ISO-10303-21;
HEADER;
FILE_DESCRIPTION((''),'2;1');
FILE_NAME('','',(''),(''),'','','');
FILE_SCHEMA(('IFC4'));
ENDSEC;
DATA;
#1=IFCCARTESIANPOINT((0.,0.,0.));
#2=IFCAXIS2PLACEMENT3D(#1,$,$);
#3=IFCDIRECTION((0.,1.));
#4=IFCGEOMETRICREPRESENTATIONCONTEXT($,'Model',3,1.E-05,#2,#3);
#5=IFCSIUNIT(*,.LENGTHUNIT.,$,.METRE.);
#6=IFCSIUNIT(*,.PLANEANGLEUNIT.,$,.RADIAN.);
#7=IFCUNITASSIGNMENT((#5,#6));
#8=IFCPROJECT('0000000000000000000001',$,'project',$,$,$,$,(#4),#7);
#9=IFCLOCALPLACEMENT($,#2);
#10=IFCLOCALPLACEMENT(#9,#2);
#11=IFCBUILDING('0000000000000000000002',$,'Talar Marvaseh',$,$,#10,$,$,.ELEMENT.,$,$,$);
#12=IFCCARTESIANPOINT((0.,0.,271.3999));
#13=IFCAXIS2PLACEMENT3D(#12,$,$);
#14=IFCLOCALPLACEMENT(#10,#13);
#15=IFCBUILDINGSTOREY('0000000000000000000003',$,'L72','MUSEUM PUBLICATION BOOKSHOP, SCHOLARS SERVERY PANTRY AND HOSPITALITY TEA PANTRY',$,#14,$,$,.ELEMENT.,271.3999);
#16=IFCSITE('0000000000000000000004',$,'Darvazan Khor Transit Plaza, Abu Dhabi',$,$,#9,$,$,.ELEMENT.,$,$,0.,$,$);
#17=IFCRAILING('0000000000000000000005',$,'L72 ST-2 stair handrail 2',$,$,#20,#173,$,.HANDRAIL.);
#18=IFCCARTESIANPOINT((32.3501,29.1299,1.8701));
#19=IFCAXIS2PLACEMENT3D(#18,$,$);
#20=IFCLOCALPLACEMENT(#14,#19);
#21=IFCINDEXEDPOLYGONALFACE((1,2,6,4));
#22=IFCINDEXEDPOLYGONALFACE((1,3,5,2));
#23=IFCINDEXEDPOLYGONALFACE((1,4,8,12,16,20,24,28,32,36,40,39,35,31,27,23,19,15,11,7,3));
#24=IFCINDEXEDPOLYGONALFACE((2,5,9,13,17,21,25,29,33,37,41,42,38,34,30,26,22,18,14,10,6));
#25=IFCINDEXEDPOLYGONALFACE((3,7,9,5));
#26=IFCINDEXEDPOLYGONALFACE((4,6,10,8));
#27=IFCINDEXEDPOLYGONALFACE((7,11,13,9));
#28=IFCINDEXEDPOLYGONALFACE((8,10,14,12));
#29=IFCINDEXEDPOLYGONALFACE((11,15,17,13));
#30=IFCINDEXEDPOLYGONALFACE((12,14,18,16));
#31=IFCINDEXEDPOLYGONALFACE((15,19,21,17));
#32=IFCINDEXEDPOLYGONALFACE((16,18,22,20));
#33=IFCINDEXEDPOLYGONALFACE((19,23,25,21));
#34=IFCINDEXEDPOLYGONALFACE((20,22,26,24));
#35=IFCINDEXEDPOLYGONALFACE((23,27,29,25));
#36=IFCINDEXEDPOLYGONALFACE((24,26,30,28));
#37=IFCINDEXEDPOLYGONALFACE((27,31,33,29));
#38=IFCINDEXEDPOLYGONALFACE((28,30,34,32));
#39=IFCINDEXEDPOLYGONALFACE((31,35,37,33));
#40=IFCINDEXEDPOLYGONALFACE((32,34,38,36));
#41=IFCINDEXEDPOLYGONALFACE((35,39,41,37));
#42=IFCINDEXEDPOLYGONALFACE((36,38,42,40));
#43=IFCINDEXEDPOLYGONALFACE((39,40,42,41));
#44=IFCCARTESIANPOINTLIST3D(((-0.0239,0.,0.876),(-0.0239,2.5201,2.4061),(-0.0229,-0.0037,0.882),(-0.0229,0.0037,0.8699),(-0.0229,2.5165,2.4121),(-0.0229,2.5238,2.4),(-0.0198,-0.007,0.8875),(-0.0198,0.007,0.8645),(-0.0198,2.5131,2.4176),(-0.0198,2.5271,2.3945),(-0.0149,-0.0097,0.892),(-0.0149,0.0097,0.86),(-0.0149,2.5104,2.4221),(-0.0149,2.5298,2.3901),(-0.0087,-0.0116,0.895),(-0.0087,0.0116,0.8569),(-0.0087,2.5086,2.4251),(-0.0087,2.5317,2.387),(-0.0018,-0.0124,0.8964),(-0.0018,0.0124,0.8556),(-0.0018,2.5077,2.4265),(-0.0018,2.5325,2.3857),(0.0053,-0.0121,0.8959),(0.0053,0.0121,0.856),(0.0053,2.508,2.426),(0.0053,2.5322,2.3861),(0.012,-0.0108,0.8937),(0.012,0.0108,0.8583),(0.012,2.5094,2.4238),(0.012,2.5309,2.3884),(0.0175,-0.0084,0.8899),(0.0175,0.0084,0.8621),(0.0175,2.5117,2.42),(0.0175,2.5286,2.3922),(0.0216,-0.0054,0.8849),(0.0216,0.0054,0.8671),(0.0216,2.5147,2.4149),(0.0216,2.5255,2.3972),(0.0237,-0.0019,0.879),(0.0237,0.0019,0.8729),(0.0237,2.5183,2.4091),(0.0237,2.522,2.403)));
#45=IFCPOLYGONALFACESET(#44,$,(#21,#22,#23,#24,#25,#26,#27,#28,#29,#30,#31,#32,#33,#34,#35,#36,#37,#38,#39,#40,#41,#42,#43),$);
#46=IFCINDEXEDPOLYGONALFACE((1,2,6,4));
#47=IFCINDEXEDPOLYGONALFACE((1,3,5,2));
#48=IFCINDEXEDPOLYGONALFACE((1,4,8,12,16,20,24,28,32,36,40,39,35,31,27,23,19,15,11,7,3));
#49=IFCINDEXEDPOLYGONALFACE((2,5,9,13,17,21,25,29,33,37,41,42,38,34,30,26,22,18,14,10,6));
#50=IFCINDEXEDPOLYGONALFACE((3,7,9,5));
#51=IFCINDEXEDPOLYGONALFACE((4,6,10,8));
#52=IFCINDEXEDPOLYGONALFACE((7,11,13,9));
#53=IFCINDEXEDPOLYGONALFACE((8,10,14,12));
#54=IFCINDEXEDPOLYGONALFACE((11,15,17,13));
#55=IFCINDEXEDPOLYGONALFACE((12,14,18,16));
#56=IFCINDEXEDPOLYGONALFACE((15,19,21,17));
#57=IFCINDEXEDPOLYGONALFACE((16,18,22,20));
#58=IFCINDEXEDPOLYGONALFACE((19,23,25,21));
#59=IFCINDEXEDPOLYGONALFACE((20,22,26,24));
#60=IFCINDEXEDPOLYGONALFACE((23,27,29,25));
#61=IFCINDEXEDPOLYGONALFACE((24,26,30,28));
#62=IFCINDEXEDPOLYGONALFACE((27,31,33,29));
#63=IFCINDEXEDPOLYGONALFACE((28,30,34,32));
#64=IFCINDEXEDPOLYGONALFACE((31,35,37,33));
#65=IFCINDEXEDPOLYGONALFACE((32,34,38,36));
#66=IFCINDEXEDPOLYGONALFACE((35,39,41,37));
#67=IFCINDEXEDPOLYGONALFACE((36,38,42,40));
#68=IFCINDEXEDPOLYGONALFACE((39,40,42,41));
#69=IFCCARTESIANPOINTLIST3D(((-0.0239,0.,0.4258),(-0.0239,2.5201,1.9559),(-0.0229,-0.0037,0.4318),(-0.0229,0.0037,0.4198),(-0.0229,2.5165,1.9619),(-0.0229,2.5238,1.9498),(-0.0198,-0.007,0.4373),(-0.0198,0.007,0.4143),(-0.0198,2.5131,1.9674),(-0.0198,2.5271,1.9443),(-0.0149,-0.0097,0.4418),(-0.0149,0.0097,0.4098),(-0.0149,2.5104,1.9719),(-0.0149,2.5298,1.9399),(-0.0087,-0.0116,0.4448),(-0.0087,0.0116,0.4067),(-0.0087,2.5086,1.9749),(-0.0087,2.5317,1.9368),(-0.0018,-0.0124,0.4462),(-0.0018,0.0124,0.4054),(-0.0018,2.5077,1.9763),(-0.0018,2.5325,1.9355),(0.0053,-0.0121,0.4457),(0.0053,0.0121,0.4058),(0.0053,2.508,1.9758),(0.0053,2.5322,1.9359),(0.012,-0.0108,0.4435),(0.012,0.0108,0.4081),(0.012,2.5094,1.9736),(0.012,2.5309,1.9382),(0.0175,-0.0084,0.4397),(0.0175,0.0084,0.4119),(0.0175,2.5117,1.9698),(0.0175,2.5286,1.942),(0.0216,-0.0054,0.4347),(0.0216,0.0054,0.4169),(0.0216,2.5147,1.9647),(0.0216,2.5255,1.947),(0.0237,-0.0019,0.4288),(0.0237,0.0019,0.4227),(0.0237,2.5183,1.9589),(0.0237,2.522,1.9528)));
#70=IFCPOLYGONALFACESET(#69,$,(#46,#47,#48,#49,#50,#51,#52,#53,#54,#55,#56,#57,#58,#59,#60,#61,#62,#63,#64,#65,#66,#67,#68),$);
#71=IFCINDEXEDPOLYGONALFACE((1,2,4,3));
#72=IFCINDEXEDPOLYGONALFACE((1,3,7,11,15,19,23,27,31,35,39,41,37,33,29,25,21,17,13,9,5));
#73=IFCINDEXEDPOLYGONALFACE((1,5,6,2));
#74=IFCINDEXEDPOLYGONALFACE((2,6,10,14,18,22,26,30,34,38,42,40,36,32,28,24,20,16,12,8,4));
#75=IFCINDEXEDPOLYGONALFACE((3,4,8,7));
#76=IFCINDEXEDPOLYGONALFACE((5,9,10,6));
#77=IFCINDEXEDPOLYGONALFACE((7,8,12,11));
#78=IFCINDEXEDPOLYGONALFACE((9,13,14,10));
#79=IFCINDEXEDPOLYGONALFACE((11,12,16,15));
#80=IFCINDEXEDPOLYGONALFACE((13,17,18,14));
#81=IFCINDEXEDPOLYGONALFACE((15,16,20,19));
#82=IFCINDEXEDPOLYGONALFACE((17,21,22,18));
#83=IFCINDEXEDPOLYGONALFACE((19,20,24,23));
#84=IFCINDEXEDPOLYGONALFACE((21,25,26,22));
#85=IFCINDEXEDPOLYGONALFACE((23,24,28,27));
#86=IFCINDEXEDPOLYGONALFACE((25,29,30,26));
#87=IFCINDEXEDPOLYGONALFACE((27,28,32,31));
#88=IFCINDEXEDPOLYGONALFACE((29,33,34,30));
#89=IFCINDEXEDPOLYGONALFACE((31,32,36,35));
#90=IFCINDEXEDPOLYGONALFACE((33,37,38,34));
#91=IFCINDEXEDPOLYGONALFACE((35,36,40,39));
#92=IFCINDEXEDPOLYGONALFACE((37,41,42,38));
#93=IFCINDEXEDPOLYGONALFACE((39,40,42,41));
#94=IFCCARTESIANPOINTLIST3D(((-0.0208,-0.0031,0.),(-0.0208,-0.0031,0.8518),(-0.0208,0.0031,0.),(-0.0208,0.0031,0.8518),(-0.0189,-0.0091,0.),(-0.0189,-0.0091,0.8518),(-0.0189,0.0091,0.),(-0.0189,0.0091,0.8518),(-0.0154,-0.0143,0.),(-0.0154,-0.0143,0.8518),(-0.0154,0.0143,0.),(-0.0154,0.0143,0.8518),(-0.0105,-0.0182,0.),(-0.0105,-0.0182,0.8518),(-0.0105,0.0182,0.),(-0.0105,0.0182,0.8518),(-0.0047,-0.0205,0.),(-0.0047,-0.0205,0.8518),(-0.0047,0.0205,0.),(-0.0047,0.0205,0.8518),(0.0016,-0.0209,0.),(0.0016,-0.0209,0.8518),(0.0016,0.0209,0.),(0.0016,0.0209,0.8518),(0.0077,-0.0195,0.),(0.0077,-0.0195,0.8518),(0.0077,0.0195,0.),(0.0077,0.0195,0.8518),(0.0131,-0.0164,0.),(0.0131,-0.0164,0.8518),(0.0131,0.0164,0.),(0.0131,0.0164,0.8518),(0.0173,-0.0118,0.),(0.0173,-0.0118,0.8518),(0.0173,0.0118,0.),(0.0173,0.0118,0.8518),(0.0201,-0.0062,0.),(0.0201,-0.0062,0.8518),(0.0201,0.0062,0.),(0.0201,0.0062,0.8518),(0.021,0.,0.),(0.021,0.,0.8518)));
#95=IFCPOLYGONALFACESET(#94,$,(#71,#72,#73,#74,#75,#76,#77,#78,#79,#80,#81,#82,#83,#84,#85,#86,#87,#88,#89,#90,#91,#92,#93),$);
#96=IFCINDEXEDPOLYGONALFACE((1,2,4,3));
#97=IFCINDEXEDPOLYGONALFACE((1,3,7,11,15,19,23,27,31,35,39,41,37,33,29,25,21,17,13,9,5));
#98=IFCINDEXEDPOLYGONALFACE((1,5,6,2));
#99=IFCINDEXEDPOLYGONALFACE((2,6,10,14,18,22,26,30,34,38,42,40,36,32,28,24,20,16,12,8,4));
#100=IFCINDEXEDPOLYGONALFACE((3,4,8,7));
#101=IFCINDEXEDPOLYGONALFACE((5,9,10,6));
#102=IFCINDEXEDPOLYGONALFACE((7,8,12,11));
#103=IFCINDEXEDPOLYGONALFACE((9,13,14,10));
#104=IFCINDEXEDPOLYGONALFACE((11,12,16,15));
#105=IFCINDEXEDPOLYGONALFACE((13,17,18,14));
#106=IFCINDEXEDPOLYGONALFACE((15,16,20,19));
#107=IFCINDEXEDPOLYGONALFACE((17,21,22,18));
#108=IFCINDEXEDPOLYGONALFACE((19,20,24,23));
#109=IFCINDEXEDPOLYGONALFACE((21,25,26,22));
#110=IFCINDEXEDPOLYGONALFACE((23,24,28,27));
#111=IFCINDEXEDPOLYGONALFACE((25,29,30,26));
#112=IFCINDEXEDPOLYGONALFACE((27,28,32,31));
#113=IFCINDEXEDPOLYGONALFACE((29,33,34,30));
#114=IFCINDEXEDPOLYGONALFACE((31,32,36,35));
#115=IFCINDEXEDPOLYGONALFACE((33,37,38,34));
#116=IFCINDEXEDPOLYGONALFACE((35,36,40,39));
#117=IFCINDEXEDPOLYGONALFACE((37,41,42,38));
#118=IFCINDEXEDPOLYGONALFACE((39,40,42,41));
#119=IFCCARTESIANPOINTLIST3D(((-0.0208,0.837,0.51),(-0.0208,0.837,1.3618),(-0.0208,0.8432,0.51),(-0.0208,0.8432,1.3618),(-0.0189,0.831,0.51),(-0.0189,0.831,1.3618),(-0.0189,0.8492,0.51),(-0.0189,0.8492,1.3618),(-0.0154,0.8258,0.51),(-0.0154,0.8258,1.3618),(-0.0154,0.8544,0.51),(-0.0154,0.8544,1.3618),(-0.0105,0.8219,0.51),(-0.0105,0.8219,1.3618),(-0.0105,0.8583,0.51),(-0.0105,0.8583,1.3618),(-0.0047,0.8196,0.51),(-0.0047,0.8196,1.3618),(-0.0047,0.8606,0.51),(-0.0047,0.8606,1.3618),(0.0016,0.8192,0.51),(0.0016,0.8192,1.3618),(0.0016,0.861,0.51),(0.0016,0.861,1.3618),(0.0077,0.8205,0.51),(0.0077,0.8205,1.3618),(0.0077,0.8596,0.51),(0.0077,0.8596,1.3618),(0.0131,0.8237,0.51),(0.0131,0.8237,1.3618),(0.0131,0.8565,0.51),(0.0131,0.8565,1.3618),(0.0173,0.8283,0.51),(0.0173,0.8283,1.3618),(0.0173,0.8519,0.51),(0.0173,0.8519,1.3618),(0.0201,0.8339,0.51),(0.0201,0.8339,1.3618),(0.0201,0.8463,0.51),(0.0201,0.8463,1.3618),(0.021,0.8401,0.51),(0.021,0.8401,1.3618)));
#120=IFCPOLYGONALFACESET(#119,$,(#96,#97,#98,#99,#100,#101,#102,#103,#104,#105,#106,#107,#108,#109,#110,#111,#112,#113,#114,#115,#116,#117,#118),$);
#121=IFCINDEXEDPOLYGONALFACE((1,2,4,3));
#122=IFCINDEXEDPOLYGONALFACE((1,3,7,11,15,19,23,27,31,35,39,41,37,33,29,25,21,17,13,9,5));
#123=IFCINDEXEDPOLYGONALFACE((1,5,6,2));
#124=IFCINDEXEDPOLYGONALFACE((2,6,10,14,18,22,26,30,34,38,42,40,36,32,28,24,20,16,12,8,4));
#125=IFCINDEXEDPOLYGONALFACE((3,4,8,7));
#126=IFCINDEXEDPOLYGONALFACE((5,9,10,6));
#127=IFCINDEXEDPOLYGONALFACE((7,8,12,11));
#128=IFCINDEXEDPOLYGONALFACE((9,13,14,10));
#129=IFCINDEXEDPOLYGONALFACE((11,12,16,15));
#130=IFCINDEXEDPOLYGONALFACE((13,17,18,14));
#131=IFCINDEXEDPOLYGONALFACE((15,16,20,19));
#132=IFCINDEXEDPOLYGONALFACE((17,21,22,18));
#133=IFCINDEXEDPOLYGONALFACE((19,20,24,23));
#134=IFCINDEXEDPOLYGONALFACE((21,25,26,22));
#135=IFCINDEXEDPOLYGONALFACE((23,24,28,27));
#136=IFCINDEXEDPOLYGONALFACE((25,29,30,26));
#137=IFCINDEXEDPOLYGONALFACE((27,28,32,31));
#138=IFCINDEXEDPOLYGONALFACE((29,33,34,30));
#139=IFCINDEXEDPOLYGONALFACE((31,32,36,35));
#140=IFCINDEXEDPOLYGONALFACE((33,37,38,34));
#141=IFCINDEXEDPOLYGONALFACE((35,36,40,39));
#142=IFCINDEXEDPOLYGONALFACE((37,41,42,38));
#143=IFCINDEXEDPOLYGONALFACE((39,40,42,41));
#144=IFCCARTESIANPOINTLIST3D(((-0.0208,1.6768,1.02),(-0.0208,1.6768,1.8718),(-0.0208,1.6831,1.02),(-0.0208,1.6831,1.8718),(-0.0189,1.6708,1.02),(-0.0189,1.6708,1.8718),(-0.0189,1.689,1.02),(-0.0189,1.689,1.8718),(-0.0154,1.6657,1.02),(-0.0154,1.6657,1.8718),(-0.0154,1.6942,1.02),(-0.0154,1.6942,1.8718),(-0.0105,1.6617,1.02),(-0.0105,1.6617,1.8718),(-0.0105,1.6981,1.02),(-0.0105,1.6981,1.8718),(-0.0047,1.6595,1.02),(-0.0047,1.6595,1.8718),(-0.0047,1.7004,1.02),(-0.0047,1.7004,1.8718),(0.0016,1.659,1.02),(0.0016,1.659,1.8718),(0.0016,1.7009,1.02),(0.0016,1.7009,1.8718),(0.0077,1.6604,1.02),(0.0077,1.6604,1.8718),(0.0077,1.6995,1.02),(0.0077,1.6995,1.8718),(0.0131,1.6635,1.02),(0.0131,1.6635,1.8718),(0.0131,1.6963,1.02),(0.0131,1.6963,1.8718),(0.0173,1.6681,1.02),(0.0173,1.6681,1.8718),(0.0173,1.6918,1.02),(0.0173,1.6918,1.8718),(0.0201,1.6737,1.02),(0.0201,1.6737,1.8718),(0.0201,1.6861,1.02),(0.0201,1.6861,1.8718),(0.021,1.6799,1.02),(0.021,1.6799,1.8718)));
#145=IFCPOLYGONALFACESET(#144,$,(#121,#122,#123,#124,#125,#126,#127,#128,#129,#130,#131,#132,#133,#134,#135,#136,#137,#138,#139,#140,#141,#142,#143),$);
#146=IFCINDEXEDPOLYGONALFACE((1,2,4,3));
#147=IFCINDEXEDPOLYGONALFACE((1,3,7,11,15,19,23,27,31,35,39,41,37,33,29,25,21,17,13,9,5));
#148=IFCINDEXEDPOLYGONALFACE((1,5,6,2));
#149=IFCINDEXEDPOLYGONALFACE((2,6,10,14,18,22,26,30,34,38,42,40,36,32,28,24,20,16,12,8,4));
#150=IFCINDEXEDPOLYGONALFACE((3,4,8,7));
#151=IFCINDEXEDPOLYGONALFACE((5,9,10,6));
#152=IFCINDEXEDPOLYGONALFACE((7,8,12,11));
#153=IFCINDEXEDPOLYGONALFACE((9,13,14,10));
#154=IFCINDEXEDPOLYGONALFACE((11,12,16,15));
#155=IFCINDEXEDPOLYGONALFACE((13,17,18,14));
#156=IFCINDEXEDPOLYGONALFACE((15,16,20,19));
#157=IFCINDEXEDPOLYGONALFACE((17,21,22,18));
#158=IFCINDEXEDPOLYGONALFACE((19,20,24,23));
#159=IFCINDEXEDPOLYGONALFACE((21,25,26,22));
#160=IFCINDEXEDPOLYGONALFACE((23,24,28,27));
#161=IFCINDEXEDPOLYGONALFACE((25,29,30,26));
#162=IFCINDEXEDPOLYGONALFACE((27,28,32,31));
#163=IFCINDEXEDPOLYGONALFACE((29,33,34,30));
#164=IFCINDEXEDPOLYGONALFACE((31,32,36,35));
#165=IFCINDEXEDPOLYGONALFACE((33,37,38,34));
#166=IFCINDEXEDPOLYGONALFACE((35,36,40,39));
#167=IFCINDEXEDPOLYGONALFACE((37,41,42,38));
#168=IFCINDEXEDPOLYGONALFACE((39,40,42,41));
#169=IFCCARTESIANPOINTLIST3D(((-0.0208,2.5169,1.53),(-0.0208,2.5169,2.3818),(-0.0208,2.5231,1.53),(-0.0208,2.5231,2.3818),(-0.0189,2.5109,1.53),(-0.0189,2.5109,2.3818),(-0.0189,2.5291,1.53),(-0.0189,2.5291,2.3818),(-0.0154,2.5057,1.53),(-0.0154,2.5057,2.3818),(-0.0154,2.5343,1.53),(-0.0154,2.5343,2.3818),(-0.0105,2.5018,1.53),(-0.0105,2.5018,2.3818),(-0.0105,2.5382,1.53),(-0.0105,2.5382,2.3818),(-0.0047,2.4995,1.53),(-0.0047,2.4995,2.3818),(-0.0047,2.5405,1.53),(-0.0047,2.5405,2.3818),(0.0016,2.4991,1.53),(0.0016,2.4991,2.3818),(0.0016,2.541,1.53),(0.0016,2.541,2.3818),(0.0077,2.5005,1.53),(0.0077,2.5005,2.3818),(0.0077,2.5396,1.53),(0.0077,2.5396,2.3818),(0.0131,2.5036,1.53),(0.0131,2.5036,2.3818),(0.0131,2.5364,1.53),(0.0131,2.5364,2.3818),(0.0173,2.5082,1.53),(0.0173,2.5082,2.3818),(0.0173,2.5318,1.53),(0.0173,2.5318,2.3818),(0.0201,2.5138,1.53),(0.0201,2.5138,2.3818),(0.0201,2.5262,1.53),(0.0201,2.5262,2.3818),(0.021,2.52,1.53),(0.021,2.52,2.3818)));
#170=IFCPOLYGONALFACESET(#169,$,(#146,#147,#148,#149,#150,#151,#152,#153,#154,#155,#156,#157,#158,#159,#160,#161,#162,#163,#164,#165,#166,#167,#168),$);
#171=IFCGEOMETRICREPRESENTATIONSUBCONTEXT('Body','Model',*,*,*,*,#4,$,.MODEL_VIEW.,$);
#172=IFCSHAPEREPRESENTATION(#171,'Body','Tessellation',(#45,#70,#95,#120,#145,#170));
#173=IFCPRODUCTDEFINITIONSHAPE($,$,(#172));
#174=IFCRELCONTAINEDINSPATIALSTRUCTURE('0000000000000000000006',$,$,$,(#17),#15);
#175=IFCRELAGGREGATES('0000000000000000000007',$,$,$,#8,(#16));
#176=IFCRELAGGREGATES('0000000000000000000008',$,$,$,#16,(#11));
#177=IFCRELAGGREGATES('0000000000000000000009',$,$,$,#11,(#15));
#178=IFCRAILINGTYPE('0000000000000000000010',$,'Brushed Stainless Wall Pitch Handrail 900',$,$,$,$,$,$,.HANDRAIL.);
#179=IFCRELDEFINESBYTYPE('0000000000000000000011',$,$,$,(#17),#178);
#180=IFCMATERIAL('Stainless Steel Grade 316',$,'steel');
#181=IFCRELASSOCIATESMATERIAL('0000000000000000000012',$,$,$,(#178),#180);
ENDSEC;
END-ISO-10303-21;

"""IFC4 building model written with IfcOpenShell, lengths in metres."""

from ifc_helpers import new_model, si_unit, direction, frame, origin, origin_2d, place, context, subcontext, project, spatial, circle, extrude, material, type_object, element, save


model = new_model("IFC4")

# Units and contexts
model_context = context("Model", 3, precision=1e-05, world=origin(), true_north=direction((0.0, 1.0)))
body_context = subcontext(model_context, "Body", "Model", "MODEL_VIEW")
ifc_project = project(units=[si_unit("LENGTHUNIT", "METRE"), si_unit("PLANEANGLEUNIT", "RADIAN")], contexts=[model_context])

# Site, building, storey
site_placement = place(None, origin())
site = spatial("IfcSite", under=ifc_project, at=site_placement, Name="Darvazan Khor Transit Plaza, Abu Dhabi", CompositionType="ELEMENT", RefElevation=0.0)
building_placement = place(site_placement, origin())
building = spatial("IfcBuilding", under=site, at=building_placement, Name="Talar Marvaseh", CompositionType="ELEMENT")
storey_placement = place(building_placement, frame((0.0, 0.0, 271.3999)))
storey = spatial("IfcBuildingStorey", under=building, at=storey_placement, Name="L72", Description="MUSEUM PUBLICATION BOOKSHOP, SCHOLARS SERVERY PANTRY AND HOSPITALITY TEA PANTRY", CompositionType="ELEMENT", Elevation=271.3999)

# Railing
ifc_material_1 = material(Name="Stainless Steel Grade 316", Category="steel")
railing_type_1 = type_object("IfcRailingType", Name="Brushed Stainless Wall Pitch Handrail 900", PredefinedType="HANDRAIL", material=ifc_material_1)
railing_1_placement = place(storey_placement, frame((32.3501, 29.1299, 1.8701)))
element("IfcRailing", 1, at=railing_1_placement, inside=storey, type_object=railing_type_1, Name="L72 ST-2 stair handrail 2", PredefinedType="HANDRAIL", context=body_context, shape_type="SweptSolid", body=[
    extrude(circle(Radius=0.0239, at=origin_2d()), frame((0.0, 0.0, 0.876), z_axis=(0.0, 0.854785, 0.518982), x_axis=(-1.0, 0.0, 0.0)), (0.0, 0.0, 1.0), 2.9482),
    extrude(circle(Radius=0.0239, at=origin_2d()), frame((0.0, 0.0, 0.4258), z_axis=(0.0, 0.854785, 0.518982), x_axis=(-1.0, 0.0, 0.0)), (0.0, 0.0, 1.0), 2.9482),
    extrude(circle(Radius=0.021, at=origin_2d()), origin(), (0.0, 0.0, 1.0), 0.8518),
    extrude(circle(Radius=0.021, at=origin_2d()), frame((0.0, 0.8401, 0.51)), (0.0, 0.0, 1.0), 0.8518),
    extrude(circle(Radius=0.021, at=origin_2d()), frame((0.0, 1.6799, 1.02)), (0.0, 0.0, 1.0), 0.8518),
    extrude(circle(Radius=0.021, at=origin_2d()), frame((0.0, 2.52, 1.53)), (0.0, 0.0, 1.0), 0.8518),
])

save(model, "model.ifc")
